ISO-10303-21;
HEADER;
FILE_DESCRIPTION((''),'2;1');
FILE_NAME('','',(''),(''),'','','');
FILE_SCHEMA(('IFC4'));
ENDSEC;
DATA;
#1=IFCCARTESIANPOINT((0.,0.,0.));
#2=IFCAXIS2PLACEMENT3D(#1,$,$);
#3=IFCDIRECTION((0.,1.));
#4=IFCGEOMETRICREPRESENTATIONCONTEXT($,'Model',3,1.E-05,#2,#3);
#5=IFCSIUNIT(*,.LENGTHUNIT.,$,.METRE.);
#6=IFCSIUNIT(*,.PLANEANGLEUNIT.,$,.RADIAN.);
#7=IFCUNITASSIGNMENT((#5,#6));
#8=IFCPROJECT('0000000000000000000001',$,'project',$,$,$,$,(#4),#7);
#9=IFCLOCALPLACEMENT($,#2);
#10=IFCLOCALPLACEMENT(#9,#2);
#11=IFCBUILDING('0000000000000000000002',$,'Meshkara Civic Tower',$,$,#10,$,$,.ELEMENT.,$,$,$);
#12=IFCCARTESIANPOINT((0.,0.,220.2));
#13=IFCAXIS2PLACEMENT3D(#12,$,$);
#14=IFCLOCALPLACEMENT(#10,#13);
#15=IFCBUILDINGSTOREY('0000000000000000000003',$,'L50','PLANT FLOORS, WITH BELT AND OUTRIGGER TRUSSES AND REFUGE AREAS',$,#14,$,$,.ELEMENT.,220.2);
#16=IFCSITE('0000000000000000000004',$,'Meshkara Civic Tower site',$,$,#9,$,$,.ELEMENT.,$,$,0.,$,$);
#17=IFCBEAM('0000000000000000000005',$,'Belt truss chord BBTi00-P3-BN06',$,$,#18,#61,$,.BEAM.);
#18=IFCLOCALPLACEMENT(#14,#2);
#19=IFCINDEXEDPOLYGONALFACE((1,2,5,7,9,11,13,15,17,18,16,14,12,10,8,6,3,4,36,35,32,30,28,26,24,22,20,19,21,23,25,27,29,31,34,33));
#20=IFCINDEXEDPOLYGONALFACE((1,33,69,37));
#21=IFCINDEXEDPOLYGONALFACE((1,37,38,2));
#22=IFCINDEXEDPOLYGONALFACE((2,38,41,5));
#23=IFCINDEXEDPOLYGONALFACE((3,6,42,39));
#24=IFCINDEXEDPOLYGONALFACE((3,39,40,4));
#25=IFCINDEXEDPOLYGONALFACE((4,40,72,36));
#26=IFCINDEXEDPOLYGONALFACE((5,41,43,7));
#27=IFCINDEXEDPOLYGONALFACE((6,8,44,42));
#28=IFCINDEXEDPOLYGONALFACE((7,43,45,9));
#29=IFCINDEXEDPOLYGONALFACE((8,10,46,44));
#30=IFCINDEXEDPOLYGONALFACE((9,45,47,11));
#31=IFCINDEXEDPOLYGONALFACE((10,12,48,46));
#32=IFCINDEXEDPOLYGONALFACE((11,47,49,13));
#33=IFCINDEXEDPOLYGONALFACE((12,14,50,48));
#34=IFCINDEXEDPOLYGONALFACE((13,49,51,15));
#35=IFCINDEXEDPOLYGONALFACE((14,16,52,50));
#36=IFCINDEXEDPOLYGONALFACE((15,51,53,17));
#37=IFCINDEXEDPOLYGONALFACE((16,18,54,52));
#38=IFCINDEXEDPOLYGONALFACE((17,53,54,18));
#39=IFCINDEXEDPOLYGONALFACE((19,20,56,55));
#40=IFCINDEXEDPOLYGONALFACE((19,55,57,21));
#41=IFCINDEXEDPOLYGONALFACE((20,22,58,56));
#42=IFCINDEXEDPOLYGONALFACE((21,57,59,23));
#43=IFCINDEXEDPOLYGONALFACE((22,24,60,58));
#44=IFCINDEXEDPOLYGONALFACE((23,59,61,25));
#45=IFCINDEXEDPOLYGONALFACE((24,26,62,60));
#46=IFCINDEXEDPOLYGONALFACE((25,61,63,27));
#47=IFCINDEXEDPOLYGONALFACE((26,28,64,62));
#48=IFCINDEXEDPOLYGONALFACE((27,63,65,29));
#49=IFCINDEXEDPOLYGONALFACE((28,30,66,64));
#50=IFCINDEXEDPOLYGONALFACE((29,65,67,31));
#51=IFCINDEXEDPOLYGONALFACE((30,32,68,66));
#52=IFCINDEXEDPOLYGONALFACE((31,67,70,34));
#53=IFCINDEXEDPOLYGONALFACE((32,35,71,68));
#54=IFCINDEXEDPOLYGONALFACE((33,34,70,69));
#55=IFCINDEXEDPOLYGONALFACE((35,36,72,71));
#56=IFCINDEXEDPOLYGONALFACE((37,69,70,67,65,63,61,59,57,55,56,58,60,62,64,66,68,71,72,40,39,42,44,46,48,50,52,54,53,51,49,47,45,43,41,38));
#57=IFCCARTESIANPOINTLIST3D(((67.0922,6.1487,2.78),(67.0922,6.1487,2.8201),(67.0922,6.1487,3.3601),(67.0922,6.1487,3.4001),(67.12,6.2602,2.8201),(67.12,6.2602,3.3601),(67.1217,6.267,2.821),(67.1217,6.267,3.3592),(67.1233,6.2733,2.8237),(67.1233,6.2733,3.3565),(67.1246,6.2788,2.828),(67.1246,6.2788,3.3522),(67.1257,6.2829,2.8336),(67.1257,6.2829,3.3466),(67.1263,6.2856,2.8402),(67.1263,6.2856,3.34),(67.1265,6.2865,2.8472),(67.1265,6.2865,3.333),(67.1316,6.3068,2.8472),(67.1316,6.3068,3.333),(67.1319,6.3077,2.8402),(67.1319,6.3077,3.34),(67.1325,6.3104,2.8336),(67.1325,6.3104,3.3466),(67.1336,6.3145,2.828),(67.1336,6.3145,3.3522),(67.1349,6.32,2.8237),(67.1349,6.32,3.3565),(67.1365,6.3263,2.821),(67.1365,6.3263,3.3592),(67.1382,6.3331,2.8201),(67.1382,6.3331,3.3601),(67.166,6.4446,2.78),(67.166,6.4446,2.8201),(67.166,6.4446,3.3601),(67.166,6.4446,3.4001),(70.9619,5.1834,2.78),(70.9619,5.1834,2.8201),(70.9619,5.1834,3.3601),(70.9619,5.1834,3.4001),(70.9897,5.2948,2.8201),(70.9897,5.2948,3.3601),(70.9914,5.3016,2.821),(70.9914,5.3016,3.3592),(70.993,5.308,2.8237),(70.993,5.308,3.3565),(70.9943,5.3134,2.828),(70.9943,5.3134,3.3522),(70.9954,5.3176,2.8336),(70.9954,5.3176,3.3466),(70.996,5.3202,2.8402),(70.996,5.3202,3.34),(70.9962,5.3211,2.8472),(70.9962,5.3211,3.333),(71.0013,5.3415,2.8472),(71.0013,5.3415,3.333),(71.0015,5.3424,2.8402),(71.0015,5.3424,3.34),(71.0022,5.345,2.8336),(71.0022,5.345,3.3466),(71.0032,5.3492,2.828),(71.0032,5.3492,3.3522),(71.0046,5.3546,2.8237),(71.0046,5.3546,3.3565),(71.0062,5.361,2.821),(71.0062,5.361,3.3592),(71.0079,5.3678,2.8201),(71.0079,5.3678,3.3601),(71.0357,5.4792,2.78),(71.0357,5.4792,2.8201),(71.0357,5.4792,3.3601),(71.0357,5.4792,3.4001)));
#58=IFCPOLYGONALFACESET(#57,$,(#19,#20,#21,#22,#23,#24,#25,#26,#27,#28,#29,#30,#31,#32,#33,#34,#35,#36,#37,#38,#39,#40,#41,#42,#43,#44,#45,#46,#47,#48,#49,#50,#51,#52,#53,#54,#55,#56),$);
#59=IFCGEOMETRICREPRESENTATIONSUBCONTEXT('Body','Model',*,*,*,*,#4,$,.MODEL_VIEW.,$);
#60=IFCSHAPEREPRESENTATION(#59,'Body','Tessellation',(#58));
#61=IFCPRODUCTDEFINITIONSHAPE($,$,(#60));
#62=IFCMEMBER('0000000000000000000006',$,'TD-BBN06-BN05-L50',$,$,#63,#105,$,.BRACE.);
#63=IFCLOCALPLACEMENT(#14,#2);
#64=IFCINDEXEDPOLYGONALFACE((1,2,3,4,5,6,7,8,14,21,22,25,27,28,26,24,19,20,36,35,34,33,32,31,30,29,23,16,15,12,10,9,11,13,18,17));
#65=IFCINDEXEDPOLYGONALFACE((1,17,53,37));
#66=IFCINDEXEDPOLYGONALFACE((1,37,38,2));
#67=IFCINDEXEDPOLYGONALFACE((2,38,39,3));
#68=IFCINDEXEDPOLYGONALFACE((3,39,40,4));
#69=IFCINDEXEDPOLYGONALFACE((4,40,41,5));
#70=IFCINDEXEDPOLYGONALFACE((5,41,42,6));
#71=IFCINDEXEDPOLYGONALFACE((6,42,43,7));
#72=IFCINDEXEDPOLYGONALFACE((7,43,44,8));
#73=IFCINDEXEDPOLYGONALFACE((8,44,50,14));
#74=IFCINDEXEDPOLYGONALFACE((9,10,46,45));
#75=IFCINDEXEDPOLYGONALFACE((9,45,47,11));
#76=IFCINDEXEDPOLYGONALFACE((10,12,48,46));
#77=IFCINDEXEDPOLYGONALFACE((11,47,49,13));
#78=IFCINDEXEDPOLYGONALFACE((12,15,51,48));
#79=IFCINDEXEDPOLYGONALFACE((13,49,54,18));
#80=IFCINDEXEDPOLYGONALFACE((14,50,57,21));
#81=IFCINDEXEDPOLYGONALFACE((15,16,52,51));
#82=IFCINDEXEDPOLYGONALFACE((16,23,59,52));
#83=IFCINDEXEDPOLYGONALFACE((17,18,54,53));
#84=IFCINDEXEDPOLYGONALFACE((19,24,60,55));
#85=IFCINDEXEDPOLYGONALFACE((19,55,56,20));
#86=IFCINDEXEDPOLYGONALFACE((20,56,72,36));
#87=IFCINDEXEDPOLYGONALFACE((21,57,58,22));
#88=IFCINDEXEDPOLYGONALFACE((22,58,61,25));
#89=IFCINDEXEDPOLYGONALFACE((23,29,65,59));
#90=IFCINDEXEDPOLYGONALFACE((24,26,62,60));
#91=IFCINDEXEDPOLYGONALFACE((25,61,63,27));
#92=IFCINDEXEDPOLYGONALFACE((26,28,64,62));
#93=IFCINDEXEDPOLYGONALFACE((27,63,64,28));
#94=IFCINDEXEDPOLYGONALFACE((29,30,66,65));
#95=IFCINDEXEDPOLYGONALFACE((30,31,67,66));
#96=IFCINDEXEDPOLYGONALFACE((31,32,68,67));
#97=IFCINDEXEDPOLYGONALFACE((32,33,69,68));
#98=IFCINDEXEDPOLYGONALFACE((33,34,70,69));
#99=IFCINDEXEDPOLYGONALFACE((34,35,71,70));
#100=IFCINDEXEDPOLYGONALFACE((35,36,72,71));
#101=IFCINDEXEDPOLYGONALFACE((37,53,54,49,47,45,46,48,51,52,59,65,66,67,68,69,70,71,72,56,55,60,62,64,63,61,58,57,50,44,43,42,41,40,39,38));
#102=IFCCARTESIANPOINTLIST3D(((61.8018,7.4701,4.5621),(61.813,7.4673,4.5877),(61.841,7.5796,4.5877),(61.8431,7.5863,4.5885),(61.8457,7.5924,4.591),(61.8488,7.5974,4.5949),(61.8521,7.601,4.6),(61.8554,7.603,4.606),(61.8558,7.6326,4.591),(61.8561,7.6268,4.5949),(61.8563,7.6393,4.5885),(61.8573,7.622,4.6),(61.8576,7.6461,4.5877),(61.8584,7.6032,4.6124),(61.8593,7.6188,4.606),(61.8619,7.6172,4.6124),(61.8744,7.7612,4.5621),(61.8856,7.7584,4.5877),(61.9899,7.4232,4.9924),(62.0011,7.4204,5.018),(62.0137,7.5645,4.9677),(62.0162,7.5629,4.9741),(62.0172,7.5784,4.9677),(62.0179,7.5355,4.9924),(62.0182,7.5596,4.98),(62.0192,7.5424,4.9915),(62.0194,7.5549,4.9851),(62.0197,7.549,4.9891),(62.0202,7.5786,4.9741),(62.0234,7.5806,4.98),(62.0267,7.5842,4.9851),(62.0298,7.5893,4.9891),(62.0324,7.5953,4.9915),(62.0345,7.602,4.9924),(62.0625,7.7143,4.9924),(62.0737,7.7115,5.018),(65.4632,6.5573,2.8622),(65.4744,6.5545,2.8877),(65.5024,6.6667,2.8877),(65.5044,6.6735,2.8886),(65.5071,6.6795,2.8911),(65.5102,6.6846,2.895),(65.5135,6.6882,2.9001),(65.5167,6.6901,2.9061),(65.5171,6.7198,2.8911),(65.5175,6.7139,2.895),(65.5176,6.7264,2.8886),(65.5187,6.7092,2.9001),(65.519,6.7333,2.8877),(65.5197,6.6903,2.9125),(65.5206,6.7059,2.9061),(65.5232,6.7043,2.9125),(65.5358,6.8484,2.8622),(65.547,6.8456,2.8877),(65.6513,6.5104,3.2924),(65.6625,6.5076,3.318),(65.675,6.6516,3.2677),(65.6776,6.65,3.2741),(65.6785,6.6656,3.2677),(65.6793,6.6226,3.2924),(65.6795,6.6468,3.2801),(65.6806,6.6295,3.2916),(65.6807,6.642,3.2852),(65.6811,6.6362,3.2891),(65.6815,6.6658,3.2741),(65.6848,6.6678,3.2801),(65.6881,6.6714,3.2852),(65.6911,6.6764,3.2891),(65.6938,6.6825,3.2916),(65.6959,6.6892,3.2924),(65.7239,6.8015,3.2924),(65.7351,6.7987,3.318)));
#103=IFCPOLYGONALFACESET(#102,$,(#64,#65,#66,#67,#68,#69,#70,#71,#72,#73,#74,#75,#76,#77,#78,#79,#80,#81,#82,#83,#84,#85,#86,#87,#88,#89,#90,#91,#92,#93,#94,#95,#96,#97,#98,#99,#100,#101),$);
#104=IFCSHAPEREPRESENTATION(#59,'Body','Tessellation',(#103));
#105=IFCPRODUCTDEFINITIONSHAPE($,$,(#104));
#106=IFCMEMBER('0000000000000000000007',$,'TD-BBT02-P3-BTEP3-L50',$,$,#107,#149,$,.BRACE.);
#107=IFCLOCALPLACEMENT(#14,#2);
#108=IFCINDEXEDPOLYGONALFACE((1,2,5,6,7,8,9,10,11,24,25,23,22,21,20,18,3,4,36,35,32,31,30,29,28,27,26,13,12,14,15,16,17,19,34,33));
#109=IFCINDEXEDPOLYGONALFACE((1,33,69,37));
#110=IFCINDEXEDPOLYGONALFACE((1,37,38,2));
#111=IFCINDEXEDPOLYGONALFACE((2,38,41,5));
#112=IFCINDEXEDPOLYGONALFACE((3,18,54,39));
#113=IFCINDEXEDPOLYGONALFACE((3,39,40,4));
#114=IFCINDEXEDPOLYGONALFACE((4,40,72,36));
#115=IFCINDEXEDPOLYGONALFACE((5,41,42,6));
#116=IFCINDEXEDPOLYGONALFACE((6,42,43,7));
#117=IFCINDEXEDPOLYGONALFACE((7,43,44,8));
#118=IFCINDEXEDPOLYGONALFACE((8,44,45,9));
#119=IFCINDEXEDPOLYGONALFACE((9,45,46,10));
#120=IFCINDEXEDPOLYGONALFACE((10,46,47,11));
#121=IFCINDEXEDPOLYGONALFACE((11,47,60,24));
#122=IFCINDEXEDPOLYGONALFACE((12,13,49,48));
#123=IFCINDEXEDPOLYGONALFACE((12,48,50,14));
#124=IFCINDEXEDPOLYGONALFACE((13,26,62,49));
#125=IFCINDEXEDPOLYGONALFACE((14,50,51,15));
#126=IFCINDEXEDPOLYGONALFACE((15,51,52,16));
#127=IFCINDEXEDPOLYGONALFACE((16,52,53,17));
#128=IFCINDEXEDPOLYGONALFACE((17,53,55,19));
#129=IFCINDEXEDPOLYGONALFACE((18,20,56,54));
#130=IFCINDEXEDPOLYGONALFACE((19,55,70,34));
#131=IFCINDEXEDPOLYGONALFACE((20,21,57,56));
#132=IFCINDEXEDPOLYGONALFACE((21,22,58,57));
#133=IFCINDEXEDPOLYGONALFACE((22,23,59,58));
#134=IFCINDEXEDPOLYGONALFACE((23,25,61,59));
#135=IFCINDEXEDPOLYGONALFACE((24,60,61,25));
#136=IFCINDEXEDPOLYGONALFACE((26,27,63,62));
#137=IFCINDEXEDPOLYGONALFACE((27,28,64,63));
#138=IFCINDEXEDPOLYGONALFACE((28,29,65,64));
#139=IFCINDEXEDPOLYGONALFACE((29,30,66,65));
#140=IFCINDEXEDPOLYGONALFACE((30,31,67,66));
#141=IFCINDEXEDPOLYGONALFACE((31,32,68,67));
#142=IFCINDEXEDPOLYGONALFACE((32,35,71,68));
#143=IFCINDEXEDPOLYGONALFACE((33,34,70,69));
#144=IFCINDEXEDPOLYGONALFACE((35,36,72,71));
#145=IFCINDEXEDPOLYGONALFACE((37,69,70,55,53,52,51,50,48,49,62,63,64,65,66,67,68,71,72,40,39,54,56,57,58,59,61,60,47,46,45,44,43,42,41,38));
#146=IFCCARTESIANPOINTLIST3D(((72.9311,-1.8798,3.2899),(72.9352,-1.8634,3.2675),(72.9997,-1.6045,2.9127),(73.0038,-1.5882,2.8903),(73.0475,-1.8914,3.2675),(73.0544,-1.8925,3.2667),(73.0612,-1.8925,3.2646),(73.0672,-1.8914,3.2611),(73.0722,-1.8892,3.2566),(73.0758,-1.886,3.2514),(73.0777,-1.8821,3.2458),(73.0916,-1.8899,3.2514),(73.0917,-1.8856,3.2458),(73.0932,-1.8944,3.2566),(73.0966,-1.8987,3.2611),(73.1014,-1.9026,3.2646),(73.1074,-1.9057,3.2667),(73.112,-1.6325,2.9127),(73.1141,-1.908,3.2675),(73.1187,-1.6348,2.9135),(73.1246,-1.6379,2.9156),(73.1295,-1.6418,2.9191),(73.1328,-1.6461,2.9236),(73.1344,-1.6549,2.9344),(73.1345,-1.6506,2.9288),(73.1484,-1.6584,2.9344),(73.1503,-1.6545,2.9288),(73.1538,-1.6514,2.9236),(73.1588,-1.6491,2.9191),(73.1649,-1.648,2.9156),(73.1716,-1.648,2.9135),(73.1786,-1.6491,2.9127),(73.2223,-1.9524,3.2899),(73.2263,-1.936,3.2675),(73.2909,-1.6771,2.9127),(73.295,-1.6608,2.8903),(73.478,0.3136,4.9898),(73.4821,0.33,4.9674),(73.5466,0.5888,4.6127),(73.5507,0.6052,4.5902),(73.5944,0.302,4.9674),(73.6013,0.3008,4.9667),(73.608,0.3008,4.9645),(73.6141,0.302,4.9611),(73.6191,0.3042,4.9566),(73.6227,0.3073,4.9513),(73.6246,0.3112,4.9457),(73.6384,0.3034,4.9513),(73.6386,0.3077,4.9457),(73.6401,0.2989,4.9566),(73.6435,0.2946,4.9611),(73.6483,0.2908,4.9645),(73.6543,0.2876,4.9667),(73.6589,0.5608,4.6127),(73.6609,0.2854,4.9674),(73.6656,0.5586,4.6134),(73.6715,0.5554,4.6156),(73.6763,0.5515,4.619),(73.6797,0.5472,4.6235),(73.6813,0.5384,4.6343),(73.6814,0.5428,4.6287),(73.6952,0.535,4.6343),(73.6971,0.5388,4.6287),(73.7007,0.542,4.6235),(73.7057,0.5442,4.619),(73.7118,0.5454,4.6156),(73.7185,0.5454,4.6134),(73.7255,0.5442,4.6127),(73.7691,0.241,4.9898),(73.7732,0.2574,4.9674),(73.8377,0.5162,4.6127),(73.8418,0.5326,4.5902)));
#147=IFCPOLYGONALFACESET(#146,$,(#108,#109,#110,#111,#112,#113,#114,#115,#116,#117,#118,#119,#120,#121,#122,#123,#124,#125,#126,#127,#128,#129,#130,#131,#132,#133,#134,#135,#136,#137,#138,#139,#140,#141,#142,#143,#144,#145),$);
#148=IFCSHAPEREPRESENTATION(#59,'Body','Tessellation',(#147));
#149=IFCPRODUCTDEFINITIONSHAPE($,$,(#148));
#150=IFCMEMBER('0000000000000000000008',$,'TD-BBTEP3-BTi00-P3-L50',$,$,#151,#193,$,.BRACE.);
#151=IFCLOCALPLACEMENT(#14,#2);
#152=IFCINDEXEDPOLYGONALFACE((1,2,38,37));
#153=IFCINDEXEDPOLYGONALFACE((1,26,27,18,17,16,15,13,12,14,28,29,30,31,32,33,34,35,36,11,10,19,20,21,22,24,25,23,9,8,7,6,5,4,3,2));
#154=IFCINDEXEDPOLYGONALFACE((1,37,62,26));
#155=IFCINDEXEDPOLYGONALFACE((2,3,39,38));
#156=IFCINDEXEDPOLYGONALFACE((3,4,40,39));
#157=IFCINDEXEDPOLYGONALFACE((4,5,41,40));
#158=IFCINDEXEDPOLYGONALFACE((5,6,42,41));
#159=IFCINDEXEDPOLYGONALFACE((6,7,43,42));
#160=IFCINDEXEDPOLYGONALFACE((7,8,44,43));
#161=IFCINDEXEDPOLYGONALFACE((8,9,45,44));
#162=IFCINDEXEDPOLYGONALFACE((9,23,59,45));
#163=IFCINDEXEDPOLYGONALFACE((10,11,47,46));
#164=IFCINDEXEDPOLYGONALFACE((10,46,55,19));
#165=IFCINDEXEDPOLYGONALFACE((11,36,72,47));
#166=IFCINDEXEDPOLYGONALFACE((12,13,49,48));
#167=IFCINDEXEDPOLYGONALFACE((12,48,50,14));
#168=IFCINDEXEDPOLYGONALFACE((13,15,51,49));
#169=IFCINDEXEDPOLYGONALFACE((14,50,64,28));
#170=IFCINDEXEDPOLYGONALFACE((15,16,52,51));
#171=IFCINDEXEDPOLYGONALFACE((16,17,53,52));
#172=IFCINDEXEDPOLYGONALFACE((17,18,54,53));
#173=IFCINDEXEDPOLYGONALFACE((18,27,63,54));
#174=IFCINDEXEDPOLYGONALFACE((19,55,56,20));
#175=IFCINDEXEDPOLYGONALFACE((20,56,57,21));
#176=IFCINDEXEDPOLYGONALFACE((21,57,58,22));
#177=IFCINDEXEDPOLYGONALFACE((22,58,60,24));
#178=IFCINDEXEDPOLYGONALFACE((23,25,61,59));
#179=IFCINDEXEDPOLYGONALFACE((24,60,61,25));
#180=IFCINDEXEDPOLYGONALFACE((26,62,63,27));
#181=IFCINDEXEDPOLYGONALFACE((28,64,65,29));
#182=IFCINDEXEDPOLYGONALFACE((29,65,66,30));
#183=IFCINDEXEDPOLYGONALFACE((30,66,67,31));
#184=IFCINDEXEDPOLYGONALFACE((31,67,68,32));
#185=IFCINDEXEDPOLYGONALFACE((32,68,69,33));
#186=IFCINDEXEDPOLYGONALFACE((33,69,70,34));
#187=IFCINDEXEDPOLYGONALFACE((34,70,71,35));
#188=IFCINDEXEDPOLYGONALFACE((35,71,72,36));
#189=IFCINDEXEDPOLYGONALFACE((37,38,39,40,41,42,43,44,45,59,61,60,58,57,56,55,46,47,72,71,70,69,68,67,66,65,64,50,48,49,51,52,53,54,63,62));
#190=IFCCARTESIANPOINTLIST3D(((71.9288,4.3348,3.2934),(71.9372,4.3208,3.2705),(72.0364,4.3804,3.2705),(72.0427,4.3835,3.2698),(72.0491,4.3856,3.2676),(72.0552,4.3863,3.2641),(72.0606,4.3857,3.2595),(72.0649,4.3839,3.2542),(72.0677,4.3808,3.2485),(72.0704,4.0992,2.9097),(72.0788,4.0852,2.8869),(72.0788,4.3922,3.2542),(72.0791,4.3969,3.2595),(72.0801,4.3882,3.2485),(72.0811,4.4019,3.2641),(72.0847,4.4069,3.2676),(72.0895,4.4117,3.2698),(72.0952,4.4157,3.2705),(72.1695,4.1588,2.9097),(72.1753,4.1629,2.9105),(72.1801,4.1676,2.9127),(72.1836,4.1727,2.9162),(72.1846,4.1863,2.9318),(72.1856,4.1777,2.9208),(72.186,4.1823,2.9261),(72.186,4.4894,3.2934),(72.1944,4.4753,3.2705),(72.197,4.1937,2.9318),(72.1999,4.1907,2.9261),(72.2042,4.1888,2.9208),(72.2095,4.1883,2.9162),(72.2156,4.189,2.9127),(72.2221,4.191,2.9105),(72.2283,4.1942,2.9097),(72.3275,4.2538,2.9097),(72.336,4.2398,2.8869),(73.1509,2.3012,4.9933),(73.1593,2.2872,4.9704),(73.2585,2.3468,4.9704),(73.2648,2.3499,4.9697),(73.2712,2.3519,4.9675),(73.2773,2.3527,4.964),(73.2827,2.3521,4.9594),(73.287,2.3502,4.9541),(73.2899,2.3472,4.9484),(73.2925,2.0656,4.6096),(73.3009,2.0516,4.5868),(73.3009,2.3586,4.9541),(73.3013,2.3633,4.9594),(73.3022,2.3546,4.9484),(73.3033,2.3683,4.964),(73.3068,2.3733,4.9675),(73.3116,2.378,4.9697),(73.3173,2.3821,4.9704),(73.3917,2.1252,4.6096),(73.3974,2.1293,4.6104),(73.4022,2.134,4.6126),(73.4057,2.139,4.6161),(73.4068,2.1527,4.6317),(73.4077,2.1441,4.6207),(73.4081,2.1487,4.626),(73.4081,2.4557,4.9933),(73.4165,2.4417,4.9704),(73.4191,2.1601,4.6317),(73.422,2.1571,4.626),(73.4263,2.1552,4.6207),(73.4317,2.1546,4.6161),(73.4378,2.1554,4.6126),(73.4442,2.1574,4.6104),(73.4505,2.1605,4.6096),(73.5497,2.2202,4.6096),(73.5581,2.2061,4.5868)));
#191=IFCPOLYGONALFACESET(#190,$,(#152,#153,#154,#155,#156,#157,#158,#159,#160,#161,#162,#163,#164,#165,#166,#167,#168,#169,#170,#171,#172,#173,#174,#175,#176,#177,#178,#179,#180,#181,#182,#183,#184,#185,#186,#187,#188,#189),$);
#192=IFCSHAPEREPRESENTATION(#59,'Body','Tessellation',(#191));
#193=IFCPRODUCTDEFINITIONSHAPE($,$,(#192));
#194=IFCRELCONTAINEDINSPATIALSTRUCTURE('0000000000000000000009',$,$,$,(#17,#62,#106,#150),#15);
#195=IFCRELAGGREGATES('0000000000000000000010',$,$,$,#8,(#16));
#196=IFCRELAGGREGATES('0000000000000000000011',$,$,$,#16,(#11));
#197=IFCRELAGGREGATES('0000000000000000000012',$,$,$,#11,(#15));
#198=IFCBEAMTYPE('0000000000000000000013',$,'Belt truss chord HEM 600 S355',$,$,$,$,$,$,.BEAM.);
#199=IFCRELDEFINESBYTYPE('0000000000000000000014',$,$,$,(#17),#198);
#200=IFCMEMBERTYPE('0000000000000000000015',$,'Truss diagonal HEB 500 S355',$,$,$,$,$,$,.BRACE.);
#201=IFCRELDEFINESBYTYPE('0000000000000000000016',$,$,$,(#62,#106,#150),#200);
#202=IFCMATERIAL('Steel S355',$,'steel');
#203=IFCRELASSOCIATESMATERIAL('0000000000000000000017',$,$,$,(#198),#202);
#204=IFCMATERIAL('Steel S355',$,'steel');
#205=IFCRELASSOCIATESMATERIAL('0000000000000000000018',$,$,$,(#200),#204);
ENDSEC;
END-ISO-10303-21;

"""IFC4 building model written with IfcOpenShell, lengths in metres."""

from ifc_helpers import new_model, si_unit, direction, frame, origin, origin_2d, place, context, subcontext, project, spatial, i_section, extrude, material, material_profile, profile_set, type_object, element, save


model = new_model("IFC4")

# Units and contexts
model_context = context("Model", 3, precision=1e-05, world=origin(), true_north=direction((0.0, 1.0)))
body_context = subcontext(model_context, "Body", "Model", "MODEL_VIEW")
ifc_project = project(units=[si_unit("LENGTHUNIT", "METRE"), si_unit("PLANEANGLEUNIT", "RADIAN")], contexts=[model_context])

# Site, building, storey
site_placement = place(None, origin())
site = spatial("IfcSite", under=ifc_project, at=site_placement, Name="Meshkara Civic Tower site", CompositionType="ELEMENT", RefElevation=0.0)
building_placement = place(site_placement, origin())
building = spatial("IfcBuilding", under=site, at=building_placement, Name="Meshkara Civic Tower", CompositionType="ELEMENT")
storey_placement = place(building_placement, frame((0.0, 0.0, 220.2)))
storey = spatial("IfcBuildingStorey", under=building, at=storey_placement, Name="L50", Description="PLANT FLOORS, WITH BELT AND OUTRIGGER TRUSSES AND REFUGE AREAS", CompositionType="ELEMENT", Elevation=220.2)

# Beam
ifc_material_1 = material(Name="Steel S355", Category="steel")
ifc_material_profile_1 = material_profile(ifc_material_1, i_section(OverallWidth=0.3049, OverallDepth=0.6201, WebThickness=0.021, FlangeThickness=0.04, FilletRadius=0.0271, at=origin_2d()))
ifc_profile_set_1 = profile_set([ifc_material_profile_1], Name="Steel S355")
beam_type = type_object("IfcBeamType", Name="Belt truss chord HEM 600 S355", PredefinedType="BEAM", material=ifc_profile_set_1)
for number, where, z_axis, x_axis, name in (
    (1, (70.9988, 5.3313, 3.0901), (-0.970265, 0.242046, 0.0), (-0.242046, -0.970265, 0.0), "Belt truss chord BBTi00-P3-BN06"),
):
    element("IfcBeam", number, at=place(storey_placement, frame(where, z_axis=z_axis, x_axis=x_axis)), inside=storey, type_object=beam_type, Name=name, PredefinedType="BEAM", context=body_context, shape_type="SweptSolid", body=[
        extrude(i_section(OverallWidth=0.3049, OverallDepth=0.6201, WebThickness=0.021, FlangeThickness=0.04, FilletRadius=0.0271, at=origin_2d()), origin(), (0.0, 0.0, 1.0), 3.9883),
    ])

# Members
ifc_material_2 = material(Name="Steel S355", Category="steel")
ifc_material_profile_2 = material_profile(ifc_material_2, i_section(OverallWidth=0.3, OverallDepth=0.5, WebThickness=0.0144, FlangeThickness=0.0281, FilletRadius=0.0271, at=origin_2d()))
ifc_profile_set_2 = profile_set([ifc_material_profile_2], Name="Steel S355")
member_type = type_object("IfcMemberType", Name="Truss diagonal HEB 500 S355", PredefinedType="BRACE", material=ifc_profile_set_2)
member_1_placement = place(storey_placement, frame((65.5991, 6.678, 3.0901), z_axis=(-0.884669, 0.220563, 0.410746), x_axis=(-0.241911, -0.970298, 0.0)))
element("IfcMember", 2, at=member_1_placement, inside=storey, type_object=member_type, Name="TD-BBN06-BN05-L50", PredefinedType="BRACE", context=body_context, shape_type="SweptSolid", body=[
    extrude(i_section(OverallWidth=0.3, OverallDepth=0.5, WebThickness=0.0144, FlangeThickness=0.0281, FilletRadius=0.0271, at=origin_2d()), origin(), (0.0, 0.0, 1.0), 4.1387),
])
member_2_placement = place(storey_placement, frame((73.113, -1.7703, 3.0901), z_axis=(0.193353, 0.775483, 0.601034), x_axis=(-0.970295, 0.241926, 0.0)))
element("IfcMember", 3, at=member_2_placement, inside=storey, type_object=member_type, Name="TD-BBT02-P3-BTEP3-L50", PredefinedType="BRACE", context=body_context, shape_type="SweptSolid", body=[
    extrude(i_section(OverallWidth=0.3, OverallDepth=0.5, WebThickness=0.0144, FlangeThickness=0.0281, FilletRadius=0.0271, at=origin_2d()), origin(), (0.0, 0.0, 1.0), 2.8284),
])
member_3_placement = place(storey_placement, frame((73.3545, 2.2537, 4.79), z_axis=(-0.418722, 0.696755, -0.582413), x_axis=(-0.85713, -0.515101, 0.0)))
element("IfcMember", 4, at=member_3_placement, inside=storey, type_object=member_type, Name="TD-BBTEP3-BTi00-P3-L50", PredefinedType="BRACE", context=body_context, shape_type="SweptSolid", body=[
    extrude(i_section(OverallWidth=0.3, OverallDepth=0.5, WebThickness=0.0144, FlangeThickness=0.0281, FilletRadius=0.0271, at=origin_2d()), origin(), (0.0, 0.0, 1.0), 2.9187),
])

save(model, "model.ifc")
